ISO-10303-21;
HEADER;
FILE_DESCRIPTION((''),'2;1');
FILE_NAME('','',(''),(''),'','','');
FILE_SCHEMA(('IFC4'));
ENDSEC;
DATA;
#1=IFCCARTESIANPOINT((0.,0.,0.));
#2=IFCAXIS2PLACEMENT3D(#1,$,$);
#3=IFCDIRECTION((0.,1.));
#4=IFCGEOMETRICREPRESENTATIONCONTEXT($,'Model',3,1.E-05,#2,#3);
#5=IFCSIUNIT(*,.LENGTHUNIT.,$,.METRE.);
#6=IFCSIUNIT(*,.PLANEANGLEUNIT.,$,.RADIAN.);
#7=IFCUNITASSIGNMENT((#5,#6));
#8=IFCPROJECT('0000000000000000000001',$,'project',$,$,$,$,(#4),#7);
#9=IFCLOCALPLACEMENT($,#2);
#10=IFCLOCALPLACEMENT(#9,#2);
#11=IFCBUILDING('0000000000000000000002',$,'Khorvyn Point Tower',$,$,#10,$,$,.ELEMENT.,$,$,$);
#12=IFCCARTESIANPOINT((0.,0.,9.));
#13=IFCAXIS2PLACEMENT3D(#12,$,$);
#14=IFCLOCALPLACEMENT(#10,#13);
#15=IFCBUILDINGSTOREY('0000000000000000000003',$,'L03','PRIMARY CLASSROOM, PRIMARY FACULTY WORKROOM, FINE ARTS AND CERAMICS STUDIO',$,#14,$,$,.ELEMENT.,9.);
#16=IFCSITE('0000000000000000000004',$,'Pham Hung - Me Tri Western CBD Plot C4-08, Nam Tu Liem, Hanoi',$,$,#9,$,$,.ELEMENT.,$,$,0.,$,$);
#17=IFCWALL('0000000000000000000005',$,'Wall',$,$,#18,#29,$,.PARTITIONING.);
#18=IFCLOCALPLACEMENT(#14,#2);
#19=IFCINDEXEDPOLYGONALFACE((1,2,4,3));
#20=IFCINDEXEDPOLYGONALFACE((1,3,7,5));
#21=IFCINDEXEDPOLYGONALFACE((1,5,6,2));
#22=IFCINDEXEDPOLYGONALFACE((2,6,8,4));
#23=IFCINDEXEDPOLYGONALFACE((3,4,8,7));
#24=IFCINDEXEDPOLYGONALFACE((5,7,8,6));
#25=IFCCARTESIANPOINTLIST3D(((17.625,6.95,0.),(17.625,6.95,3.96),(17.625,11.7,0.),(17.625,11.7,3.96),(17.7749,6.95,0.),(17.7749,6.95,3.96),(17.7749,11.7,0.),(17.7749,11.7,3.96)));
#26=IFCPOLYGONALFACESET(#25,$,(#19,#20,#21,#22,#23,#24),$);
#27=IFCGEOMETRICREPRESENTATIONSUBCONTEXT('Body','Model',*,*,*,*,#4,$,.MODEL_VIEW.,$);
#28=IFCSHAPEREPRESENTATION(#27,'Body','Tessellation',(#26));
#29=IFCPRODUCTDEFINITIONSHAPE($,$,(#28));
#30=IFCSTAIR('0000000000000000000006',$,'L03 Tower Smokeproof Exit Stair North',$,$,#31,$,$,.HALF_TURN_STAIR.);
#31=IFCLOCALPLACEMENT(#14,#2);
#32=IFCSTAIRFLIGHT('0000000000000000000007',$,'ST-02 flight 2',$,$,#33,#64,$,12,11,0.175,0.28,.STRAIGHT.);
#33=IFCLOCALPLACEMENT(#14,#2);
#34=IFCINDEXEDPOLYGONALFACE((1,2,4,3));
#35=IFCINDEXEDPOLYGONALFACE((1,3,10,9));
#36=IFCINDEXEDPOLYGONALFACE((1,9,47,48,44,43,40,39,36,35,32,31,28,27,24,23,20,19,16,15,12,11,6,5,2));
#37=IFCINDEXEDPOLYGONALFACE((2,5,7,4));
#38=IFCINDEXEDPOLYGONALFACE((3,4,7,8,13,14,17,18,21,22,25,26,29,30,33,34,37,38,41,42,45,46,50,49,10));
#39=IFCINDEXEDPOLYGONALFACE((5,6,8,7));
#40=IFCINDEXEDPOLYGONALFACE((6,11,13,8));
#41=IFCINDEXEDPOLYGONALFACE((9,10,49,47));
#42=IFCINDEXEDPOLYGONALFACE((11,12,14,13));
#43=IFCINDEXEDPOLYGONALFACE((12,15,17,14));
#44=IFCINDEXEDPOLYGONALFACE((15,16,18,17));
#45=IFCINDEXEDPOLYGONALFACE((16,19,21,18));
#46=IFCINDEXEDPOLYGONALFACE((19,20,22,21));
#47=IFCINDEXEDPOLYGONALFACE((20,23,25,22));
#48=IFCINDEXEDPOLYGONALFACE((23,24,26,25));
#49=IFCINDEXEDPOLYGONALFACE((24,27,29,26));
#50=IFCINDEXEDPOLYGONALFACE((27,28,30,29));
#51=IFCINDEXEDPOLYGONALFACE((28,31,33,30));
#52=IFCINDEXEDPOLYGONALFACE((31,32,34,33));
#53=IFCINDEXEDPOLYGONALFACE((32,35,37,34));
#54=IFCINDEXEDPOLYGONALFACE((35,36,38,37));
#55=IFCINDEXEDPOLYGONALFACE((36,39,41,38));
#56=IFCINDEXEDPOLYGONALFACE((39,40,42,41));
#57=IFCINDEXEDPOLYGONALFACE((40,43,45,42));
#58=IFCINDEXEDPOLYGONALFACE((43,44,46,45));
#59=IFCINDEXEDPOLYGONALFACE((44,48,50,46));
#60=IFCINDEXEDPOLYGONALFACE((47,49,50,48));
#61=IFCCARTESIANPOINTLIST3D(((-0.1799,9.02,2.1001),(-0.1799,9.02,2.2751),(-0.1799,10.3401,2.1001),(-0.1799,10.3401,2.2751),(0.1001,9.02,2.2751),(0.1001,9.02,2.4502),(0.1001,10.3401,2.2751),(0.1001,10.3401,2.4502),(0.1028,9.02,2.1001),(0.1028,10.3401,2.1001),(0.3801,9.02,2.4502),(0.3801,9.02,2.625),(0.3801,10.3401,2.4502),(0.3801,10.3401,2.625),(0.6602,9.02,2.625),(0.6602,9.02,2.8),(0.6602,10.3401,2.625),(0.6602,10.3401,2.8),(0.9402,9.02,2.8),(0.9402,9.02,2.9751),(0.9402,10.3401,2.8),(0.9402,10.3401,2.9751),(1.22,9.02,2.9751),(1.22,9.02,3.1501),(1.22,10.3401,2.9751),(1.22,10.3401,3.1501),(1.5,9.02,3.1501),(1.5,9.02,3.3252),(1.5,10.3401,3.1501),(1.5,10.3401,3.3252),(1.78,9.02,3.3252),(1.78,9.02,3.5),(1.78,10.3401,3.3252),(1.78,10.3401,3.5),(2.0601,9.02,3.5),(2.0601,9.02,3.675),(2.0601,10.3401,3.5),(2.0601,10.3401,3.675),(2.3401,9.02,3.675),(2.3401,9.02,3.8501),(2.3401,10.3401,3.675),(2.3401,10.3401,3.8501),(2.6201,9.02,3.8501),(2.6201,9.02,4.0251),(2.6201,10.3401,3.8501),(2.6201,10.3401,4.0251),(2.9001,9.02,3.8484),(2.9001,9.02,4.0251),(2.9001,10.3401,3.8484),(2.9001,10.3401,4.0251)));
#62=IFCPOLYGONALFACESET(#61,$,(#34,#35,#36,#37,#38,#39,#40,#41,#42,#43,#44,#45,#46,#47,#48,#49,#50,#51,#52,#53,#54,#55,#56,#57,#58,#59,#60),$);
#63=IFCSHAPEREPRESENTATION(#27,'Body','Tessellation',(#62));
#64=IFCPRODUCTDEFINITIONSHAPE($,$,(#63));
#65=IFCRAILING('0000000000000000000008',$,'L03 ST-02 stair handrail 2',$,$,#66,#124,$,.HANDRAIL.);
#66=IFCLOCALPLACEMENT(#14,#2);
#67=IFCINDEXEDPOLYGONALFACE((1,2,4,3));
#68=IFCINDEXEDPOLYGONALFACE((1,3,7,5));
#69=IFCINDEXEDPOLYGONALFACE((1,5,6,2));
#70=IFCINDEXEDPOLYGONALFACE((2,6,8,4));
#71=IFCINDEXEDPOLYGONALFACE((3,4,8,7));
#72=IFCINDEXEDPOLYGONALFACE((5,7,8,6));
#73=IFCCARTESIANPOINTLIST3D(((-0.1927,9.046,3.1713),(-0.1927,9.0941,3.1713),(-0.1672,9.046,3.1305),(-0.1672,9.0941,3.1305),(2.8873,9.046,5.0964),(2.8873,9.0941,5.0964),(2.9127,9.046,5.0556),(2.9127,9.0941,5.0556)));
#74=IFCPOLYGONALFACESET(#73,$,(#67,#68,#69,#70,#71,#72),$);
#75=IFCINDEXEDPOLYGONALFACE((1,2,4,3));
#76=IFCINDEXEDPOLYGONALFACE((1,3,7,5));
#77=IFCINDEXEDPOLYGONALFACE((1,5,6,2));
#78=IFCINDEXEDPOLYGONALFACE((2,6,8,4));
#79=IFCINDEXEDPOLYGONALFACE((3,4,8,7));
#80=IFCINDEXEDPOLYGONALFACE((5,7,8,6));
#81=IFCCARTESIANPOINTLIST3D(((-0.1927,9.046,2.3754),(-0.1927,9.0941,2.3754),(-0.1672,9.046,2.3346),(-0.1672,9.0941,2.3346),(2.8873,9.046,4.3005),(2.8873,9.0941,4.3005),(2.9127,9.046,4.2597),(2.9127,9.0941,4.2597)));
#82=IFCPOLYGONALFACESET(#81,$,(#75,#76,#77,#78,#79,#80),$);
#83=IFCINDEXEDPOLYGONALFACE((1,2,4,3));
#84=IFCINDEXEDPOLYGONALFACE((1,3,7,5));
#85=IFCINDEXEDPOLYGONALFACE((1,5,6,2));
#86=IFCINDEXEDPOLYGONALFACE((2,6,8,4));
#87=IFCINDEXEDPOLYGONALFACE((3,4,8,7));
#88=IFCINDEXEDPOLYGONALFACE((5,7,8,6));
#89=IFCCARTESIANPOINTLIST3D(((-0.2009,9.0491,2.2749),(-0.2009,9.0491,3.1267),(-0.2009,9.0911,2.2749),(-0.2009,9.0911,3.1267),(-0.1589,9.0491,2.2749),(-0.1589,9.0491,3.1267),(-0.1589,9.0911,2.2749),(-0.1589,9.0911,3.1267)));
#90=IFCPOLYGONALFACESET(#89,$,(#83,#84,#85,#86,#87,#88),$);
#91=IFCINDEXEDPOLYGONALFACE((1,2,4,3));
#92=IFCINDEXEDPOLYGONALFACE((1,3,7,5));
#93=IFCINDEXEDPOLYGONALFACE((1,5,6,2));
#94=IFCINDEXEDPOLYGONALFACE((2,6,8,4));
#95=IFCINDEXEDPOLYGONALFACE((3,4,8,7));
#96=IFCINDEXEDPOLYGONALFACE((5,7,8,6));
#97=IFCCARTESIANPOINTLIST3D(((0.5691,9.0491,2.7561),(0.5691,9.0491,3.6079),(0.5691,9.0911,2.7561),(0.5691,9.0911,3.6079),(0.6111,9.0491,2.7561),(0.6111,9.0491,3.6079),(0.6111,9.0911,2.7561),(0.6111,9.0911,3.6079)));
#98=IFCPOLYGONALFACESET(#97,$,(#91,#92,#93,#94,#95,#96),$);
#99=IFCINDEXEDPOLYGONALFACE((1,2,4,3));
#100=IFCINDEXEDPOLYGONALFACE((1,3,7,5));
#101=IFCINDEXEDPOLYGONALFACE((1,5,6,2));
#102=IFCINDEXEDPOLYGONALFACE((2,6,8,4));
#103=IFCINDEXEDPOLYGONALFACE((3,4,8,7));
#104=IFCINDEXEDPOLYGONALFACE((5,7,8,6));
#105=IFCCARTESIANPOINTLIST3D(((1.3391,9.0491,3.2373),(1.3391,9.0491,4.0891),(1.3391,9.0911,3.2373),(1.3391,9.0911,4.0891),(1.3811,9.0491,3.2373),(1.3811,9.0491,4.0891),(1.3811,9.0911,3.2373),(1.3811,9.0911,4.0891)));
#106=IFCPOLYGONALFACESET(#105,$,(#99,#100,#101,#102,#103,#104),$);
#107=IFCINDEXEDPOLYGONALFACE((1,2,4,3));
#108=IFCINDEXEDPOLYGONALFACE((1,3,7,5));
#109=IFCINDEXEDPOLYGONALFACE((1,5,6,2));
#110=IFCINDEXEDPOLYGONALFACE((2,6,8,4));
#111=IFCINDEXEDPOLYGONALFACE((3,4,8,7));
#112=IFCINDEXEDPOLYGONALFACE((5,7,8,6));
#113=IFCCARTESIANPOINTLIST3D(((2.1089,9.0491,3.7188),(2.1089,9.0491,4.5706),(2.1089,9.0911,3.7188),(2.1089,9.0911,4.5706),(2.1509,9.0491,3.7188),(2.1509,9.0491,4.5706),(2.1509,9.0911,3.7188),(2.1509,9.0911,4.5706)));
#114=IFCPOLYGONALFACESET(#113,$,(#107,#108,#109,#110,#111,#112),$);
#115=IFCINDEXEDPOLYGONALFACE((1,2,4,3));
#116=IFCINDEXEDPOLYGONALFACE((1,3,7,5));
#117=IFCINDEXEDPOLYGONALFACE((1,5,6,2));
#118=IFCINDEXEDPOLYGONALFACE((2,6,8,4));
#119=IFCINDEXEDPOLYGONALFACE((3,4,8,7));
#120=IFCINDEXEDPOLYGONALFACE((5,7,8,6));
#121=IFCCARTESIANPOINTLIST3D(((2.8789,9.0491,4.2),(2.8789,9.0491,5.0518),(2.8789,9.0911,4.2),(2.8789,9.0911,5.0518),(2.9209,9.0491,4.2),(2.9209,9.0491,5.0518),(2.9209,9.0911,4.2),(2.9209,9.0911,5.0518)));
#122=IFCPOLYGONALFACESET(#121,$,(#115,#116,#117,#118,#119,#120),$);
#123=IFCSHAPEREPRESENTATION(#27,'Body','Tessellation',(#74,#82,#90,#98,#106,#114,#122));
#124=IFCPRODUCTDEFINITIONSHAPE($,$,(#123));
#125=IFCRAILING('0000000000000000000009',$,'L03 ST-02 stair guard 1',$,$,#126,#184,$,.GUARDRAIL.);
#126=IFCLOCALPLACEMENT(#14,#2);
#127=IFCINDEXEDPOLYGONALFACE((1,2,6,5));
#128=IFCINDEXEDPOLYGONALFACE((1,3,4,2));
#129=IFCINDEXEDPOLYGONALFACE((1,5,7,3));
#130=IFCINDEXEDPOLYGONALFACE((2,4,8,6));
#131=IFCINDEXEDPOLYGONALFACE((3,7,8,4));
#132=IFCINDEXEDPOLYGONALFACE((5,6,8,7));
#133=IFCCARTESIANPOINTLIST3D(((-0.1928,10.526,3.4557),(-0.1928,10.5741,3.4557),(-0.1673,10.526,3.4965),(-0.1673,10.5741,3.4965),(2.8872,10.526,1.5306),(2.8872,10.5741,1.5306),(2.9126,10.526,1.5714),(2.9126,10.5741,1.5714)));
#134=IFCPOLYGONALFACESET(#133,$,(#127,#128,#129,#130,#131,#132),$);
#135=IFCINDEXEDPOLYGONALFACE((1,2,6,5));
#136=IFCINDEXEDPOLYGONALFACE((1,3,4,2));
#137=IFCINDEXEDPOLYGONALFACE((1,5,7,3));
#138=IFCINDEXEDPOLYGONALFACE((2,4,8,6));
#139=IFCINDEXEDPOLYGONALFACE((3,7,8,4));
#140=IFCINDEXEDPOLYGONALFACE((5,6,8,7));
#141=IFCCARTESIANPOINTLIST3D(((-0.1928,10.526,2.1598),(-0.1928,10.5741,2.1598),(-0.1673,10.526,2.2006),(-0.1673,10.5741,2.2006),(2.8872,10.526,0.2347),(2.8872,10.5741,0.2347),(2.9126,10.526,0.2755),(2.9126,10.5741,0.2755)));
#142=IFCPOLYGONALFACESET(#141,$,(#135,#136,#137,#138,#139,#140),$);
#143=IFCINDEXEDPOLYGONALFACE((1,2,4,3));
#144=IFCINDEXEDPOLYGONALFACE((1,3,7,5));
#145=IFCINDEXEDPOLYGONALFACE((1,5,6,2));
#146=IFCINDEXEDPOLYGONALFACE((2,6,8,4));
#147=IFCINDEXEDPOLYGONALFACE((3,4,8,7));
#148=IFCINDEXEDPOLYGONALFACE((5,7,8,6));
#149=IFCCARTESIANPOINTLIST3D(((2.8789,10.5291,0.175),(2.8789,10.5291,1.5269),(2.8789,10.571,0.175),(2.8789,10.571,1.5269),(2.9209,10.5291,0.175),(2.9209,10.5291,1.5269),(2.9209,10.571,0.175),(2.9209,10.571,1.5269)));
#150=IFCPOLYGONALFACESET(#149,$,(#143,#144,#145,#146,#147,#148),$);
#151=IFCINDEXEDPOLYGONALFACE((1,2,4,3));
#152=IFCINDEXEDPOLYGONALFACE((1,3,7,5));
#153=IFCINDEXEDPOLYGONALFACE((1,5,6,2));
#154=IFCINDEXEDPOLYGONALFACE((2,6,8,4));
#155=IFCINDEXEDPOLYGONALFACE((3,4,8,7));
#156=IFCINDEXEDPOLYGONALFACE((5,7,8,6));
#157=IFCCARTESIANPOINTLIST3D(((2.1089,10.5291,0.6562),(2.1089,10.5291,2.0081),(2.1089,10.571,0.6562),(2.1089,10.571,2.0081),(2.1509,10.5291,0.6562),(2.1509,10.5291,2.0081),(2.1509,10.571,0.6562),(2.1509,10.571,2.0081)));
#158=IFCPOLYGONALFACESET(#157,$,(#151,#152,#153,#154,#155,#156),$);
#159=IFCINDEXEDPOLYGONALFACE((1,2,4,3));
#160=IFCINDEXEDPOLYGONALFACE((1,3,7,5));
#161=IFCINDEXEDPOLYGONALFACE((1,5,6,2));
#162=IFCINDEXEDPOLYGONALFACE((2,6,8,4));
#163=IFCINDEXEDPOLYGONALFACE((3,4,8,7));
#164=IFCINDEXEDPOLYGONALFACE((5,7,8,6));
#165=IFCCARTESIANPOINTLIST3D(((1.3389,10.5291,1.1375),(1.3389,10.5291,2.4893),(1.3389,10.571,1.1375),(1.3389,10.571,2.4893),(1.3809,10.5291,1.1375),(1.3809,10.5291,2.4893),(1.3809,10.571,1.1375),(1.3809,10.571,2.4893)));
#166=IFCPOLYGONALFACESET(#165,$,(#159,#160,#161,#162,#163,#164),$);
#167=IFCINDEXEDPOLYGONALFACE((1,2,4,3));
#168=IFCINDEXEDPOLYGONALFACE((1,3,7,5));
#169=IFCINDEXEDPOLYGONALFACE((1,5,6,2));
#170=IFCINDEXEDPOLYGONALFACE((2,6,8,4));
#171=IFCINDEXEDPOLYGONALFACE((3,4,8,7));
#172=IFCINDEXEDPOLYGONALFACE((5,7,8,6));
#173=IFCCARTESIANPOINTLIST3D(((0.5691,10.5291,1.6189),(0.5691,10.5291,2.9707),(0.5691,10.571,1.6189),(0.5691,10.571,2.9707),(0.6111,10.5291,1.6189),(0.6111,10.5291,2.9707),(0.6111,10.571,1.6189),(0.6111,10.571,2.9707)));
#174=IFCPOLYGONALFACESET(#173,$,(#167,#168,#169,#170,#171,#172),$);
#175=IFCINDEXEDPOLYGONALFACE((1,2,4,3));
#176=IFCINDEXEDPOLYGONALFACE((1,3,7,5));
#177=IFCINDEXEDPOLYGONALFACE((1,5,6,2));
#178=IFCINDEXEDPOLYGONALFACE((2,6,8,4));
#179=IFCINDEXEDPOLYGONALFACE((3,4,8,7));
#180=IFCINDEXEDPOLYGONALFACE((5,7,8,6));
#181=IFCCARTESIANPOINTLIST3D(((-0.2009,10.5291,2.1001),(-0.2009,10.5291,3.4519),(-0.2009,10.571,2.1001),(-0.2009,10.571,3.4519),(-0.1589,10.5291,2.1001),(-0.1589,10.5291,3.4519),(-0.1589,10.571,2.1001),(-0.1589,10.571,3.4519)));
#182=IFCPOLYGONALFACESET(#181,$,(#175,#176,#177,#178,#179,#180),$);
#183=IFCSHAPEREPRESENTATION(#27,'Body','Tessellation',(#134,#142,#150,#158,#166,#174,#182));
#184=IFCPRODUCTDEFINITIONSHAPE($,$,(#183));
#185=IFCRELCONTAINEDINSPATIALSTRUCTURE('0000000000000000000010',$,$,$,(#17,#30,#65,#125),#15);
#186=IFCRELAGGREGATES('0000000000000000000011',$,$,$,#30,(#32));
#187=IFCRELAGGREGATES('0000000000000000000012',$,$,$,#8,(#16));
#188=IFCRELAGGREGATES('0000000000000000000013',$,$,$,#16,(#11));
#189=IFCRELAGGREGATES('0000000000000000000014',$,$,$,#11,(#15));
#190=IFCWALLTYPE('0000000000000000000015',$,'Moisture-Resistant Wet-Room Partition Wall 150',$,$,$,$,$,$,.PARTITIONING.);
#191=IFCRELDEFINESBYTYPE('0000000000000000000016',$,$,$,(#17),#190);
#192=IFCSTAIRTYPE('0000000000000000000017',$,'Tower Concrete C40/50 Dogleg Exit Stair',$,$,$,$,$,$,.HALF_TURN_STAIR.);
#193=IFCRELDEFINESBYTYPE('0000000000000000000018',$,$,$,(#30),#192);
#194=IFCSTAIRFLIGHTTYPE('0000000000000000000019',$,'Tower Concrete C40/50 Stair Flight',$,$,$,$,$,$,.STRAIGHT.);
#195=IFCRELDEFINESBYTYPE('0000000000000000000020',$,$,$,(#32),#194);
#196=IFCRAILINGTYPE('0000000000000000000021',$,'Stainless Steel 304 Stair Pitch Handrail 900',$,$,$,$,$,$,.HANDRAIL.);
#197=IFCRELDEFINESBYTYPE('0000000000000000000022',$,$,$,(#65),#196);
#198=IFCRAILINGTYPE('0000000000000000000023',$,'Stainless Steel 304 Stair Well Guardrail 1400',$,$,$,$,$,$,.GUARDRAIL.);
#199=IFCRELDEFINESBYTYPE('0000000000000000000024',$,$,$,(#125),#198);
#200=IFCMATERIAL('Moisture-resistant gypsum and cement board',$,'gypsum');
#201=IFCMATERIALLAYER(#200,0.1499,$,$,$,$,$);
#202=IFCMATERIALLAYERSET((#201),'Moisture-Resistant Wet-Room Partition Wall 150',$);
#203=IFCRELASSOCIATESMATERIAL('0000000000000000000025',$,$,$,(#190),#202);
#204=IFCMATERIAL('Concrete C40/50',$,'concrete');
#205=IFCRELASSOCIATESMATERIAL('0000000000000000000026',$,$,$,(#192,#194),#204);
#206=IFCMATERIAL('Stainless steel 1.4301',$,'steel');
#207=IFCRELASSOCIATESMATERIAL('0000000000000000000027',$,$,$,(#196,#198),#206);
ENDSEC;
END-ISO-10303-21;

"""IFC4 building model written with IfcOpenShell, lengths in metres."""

from ifc_helpers import new_model, si_unit, direction, frame, frame_2d, origin, origin_2d, place, context, subcontext, project, spatial, polyline, rectangle, outline, extrude, material, layer, layer_set, type_object, element, aggregate, save


model = new_model("IFC4")

# Units and contexts
model_context = context("Model", 3, precision=1e-05, world=origin(), true_north=direction((0.0, 1.0)))
body_context = subcontext(model_context, "Body", "Model", "MODEL_VIEW")
ifc_project = project(units=[si_unit("LENGTHUNIT", "METRE"), si_unit("PLANEANGLEUNIT", "RADIAN")], contexts=[model_context])

# Site, building, storey
site_placement = place(None, origin())
site = spatial("IfcSite", under=ifc_project, at=site_placement, Name="Pham Hung - Me Tri Western CBD Plot C4-08, Nam Tu Liem, Hanoi", CompositionType="ELEMENT", RefElevation=0.0)
building_placement = place(site_placement, origin())
building = spatial("IfcBuilding", under=site, at=building_placement, Name="Khorvyn Point Tower", CompositionType="ELEMENT")
storey_placement = place(building_placement, frame((0.0, 0.0, 9.0)))
storey = spatial("IfcBuildingStorey", under=building, at=storey_placement, Name="L03", Description="PRIMARY CLASSROOM, PRIMARY FACULTY WORKROOM, FINE ARTS AND CERAMICS STUDIO", CompositionType="ELEMENT", Elevation=9.0)

# Shared definitions
ifc_material_1 = material(Name="Concrete C40/50", Category="concrete")

# Shared definitions
ifc_material_2 = material(Name="Stainless steel 1.4301", Category="steel")

# Wall
ifc_material_3 = material(Name="Moisture-resistant gypsum and cement board", Category="gypsum")
ifc_layer_1 = layer(ifc_material_3, 0.1499)
ifc_layer_set_1 = layer_set([ifc_layer_1], Name="Moisture-Resistant Wet-Room Partition Wall 150")
wall_type_1 = type_object("IfcWallType", Name="Moisture-Resistant Wet-Room Partition Wall 150", PredefinedType="PARTITIONING", material=ifc_layer_set_1)
wall_1_placement = place(storey_placement, frame((17.7, 6.95, 0.0), z_axis=(0.0, 0.0, 1.0), x_axis=(0.0, 1.0, 0.0)))
element("IfcWall", 1, at=wall_1_placement, inside=storey, type_object=wall_type_1, Name="Wall", PredefinedType="PARTITIONING", context=body_context, shape_type="SweptSolid", body=[
    extrude(rectangle(XDim=4.75, YDim=0.1499, at=frame_2d((2.375, 0.0))), origin(), (0.0, 0.0, 1.0), 3.96),
])

# Stair, stair flight
stair_type = type_object("IfcStairType", Name="Tower Concrete C40/50 Dogleg Exit Stair", PredefinedType="HALF_TURN_STAIR", material=ifc_material_1)
stair_placement = place(storey_placement, origin())
stair = element("IfcStair", 2, at=stair_placement, inside=storey, type_object=stair_type, Name="L03 Tower Smokeproof Exit Stair North", PredefinedType="HALF_TURN_STAIR")
stair_flight_type = type_object("IfcStairFlightType", Name="Tower Concrete C40/50 Stair Flight", PredefinedType="STRAIGHT", material=ifc_material_1)
stair_flight_placement = place(storey_placement, frame((-0.1799, 9.6799, 2.1001), z_axis=(0.0, 0.0, 1.0), x_axis=(1.0, 0.0, 0.0)))
stair_flight = element("IfcStairFlight", 3, at=stair_flight_placement, type_object=stair_flight_type, Name="ST-02 flight 2", NumberOfRisers=12, NumberOfTreads=11, PredefinedType="STRAIGHT", RiserHeight=0.175, TreadLength=0.28, context=body_context, shape_type="SweptSolid", body=[
    extrude(outline(polyline([(0.0, 0.0), (0.0, 0.175), (0.28, 0.175), (0.28, 0.3501), (0.5601, 0.3501), (0.5601, 0.5249), (0.8401, 0.5249), (0.8401, 0.7), (1.1201, 0.7), (1.1201, 0.875), (1.3999, 0.875), (1.3999, 1.05), (1.6799, 1.05), (1.6799, 1.2251), (1.96, 1.2251), (1.96, 1.3999), (2.24, 1.3999), (2.24, 1.575), (2.52, 1.575), (2.52, 1.75), (2.8, 1.75), (2.8, 1.925), (3.0801, 1.925), (3.0801, 2.1001), (3.0801, 1.7483), (0.2827, 0.0), (0.0, 0.0)])), frame((0.0, 0.6602, 0.0), z_axis=(0.0, -1.0, 0.0), x_axis=(1.0, 0.0, 0.0)), (0.0, 0.0, 1.0), 1.3201),
])
aggregate(stair, [stair_flight])

# Railings
railing_type_1 = type_object("IfcRailingType", Name="Stainless Steel 304 Stair Pitch Handrail 900", PredefinedType="HANDRAIL", material=ifc_material_2)
railing_1_placement = place(storey_placement, frame((-0.1799, 9.0701, 2.2749)))
element("IfcRailing", 4, at=railing_1_placement, inside=storey, type_object=railing_type_1, Name="L03 ST-02 stair handrail 2", PredefinedType="HANDRAIL", context=body_context, shape_type="SweptSolid", body=[
    extrude(rectangle(XDim=0.0481, YDim=0.0481, at=origin_2d()), frame((0.0, 0.0, 0.876), z_axis=(0.847979, 0.0, 0.530029), x_axis=(0.0, 1.0, 0.0)), (0.0, 0.0, 1.0), 3.6321),
    extrude(rectangle(XDim=0.0481, YDim=0.0481, at=origin_2d()), frame((0.0, 0.0, 0.0801), z_axis=(0.847979, 0.0, 0.530029), x_axis=(0.0, 1.0, 0.0)), (0.0, 0.0, 1.0), 3.6321),
    extrude(rectangle(XDim=0.042, YDim=0.042, at=origin_2d()), origin(), (0.0, 0.0, 1.0), 0.8518),
    extrude(rectangle(XDim=0.042, YDim=0.042, at=origin_2d()), frame((0.77, 0.0, 0.4812)), (0.0, 0.0, 1.0), 0.8518),
    extrude(rectangle(XDim=0.042, YDim=0.042, at=origin_2d()), frame((1.54, 0.0, 0.9624)), (0.0, 0.0, 1.0), 0.8518),
    extrude(rectangle(XDim=0.042, YDim=0.042, at=origin_2d()), frame((2.3098, 0.0, 1.4438)), (0.0, 0.0, 1.0), 0.8518),
    extrude(rectangle(XDim=0.042, YDim=0.042, at=origin_2d()), frame((3.0798, 0.0, 1.925)), (0.0, 0.0, 1.0), 0.8518),
])
railing_type_2 = type_object("IfcRailingType", Name="Stainless Steel 304 Stair Well Guardrail 1400", PredefinedType="GUARDRAIL", material=ifc_material_2)
railing_2_placement = place(storey_placement, frame((2.8999, 10.55, 0.175)))
element("IfcRailing", 5, at=railing_2_placement, inside=storey, type_object=railing_type_2, Name="L03 ST-02 stair guard 1", PredefinedType="GUARDRAIL", context=body_context, shape_type="SweptSolid", body=[
    extrude(rectangle(XDim=0.0481, YDim=0.0481, at=origin_2d()), frame((0.0, 0.0, 1.376), z_axis=(-0.847979, 0.0, 0.530029), x_axis=(0.0, -1.0, 0.0)), (0.0, 0.0, 1.0), 3.6321),
    extrude(rectangle(XDim=0.0481, YDim=0.0481, at=origin_2d()), frame((0.0, 0.0, 0.0801), z_axis=(-0.847979, 0.0, 0.530029), x_axis=(0.0, -1.0, 0.0)), (0.0, 0.0, 1.0), 3.6321),
    extrude(rectangle(XDim=0.042, YDim=0.042, at=origin_2d()), origin(), (0.0, 0.0, 1.0), 1.3518),
    extrude(rectangle(XDim=0.042, YDim=0.042, at=origin_2d()), frame((-0.77, 0.0, 0.4812)), (0.0, 0.0, 1.0), 1.3518),
    extrude(rectangle(XDim=0.042, YDim=0.042, at=origin_2d()), frame((-1.54, 0.0, 0.9624)), (0.0, 0.0, 1.0), 1.3518),
    extrude(rectangle(XDim=0.042, YDim=0.042, at=origin_2d()), frame((-2.3098, 0.0, 1.4438)), (0.0, 0.0, 1.0), 1.3518),
    extrude(rectangle(XDim=0.042, YDim=0.042, at=origin_2d()), frame((-3.0798, 0.0, 1.925)), (0.0, 0.0, 1.0), 1.3518),
])

save(model, "model.ifc")
